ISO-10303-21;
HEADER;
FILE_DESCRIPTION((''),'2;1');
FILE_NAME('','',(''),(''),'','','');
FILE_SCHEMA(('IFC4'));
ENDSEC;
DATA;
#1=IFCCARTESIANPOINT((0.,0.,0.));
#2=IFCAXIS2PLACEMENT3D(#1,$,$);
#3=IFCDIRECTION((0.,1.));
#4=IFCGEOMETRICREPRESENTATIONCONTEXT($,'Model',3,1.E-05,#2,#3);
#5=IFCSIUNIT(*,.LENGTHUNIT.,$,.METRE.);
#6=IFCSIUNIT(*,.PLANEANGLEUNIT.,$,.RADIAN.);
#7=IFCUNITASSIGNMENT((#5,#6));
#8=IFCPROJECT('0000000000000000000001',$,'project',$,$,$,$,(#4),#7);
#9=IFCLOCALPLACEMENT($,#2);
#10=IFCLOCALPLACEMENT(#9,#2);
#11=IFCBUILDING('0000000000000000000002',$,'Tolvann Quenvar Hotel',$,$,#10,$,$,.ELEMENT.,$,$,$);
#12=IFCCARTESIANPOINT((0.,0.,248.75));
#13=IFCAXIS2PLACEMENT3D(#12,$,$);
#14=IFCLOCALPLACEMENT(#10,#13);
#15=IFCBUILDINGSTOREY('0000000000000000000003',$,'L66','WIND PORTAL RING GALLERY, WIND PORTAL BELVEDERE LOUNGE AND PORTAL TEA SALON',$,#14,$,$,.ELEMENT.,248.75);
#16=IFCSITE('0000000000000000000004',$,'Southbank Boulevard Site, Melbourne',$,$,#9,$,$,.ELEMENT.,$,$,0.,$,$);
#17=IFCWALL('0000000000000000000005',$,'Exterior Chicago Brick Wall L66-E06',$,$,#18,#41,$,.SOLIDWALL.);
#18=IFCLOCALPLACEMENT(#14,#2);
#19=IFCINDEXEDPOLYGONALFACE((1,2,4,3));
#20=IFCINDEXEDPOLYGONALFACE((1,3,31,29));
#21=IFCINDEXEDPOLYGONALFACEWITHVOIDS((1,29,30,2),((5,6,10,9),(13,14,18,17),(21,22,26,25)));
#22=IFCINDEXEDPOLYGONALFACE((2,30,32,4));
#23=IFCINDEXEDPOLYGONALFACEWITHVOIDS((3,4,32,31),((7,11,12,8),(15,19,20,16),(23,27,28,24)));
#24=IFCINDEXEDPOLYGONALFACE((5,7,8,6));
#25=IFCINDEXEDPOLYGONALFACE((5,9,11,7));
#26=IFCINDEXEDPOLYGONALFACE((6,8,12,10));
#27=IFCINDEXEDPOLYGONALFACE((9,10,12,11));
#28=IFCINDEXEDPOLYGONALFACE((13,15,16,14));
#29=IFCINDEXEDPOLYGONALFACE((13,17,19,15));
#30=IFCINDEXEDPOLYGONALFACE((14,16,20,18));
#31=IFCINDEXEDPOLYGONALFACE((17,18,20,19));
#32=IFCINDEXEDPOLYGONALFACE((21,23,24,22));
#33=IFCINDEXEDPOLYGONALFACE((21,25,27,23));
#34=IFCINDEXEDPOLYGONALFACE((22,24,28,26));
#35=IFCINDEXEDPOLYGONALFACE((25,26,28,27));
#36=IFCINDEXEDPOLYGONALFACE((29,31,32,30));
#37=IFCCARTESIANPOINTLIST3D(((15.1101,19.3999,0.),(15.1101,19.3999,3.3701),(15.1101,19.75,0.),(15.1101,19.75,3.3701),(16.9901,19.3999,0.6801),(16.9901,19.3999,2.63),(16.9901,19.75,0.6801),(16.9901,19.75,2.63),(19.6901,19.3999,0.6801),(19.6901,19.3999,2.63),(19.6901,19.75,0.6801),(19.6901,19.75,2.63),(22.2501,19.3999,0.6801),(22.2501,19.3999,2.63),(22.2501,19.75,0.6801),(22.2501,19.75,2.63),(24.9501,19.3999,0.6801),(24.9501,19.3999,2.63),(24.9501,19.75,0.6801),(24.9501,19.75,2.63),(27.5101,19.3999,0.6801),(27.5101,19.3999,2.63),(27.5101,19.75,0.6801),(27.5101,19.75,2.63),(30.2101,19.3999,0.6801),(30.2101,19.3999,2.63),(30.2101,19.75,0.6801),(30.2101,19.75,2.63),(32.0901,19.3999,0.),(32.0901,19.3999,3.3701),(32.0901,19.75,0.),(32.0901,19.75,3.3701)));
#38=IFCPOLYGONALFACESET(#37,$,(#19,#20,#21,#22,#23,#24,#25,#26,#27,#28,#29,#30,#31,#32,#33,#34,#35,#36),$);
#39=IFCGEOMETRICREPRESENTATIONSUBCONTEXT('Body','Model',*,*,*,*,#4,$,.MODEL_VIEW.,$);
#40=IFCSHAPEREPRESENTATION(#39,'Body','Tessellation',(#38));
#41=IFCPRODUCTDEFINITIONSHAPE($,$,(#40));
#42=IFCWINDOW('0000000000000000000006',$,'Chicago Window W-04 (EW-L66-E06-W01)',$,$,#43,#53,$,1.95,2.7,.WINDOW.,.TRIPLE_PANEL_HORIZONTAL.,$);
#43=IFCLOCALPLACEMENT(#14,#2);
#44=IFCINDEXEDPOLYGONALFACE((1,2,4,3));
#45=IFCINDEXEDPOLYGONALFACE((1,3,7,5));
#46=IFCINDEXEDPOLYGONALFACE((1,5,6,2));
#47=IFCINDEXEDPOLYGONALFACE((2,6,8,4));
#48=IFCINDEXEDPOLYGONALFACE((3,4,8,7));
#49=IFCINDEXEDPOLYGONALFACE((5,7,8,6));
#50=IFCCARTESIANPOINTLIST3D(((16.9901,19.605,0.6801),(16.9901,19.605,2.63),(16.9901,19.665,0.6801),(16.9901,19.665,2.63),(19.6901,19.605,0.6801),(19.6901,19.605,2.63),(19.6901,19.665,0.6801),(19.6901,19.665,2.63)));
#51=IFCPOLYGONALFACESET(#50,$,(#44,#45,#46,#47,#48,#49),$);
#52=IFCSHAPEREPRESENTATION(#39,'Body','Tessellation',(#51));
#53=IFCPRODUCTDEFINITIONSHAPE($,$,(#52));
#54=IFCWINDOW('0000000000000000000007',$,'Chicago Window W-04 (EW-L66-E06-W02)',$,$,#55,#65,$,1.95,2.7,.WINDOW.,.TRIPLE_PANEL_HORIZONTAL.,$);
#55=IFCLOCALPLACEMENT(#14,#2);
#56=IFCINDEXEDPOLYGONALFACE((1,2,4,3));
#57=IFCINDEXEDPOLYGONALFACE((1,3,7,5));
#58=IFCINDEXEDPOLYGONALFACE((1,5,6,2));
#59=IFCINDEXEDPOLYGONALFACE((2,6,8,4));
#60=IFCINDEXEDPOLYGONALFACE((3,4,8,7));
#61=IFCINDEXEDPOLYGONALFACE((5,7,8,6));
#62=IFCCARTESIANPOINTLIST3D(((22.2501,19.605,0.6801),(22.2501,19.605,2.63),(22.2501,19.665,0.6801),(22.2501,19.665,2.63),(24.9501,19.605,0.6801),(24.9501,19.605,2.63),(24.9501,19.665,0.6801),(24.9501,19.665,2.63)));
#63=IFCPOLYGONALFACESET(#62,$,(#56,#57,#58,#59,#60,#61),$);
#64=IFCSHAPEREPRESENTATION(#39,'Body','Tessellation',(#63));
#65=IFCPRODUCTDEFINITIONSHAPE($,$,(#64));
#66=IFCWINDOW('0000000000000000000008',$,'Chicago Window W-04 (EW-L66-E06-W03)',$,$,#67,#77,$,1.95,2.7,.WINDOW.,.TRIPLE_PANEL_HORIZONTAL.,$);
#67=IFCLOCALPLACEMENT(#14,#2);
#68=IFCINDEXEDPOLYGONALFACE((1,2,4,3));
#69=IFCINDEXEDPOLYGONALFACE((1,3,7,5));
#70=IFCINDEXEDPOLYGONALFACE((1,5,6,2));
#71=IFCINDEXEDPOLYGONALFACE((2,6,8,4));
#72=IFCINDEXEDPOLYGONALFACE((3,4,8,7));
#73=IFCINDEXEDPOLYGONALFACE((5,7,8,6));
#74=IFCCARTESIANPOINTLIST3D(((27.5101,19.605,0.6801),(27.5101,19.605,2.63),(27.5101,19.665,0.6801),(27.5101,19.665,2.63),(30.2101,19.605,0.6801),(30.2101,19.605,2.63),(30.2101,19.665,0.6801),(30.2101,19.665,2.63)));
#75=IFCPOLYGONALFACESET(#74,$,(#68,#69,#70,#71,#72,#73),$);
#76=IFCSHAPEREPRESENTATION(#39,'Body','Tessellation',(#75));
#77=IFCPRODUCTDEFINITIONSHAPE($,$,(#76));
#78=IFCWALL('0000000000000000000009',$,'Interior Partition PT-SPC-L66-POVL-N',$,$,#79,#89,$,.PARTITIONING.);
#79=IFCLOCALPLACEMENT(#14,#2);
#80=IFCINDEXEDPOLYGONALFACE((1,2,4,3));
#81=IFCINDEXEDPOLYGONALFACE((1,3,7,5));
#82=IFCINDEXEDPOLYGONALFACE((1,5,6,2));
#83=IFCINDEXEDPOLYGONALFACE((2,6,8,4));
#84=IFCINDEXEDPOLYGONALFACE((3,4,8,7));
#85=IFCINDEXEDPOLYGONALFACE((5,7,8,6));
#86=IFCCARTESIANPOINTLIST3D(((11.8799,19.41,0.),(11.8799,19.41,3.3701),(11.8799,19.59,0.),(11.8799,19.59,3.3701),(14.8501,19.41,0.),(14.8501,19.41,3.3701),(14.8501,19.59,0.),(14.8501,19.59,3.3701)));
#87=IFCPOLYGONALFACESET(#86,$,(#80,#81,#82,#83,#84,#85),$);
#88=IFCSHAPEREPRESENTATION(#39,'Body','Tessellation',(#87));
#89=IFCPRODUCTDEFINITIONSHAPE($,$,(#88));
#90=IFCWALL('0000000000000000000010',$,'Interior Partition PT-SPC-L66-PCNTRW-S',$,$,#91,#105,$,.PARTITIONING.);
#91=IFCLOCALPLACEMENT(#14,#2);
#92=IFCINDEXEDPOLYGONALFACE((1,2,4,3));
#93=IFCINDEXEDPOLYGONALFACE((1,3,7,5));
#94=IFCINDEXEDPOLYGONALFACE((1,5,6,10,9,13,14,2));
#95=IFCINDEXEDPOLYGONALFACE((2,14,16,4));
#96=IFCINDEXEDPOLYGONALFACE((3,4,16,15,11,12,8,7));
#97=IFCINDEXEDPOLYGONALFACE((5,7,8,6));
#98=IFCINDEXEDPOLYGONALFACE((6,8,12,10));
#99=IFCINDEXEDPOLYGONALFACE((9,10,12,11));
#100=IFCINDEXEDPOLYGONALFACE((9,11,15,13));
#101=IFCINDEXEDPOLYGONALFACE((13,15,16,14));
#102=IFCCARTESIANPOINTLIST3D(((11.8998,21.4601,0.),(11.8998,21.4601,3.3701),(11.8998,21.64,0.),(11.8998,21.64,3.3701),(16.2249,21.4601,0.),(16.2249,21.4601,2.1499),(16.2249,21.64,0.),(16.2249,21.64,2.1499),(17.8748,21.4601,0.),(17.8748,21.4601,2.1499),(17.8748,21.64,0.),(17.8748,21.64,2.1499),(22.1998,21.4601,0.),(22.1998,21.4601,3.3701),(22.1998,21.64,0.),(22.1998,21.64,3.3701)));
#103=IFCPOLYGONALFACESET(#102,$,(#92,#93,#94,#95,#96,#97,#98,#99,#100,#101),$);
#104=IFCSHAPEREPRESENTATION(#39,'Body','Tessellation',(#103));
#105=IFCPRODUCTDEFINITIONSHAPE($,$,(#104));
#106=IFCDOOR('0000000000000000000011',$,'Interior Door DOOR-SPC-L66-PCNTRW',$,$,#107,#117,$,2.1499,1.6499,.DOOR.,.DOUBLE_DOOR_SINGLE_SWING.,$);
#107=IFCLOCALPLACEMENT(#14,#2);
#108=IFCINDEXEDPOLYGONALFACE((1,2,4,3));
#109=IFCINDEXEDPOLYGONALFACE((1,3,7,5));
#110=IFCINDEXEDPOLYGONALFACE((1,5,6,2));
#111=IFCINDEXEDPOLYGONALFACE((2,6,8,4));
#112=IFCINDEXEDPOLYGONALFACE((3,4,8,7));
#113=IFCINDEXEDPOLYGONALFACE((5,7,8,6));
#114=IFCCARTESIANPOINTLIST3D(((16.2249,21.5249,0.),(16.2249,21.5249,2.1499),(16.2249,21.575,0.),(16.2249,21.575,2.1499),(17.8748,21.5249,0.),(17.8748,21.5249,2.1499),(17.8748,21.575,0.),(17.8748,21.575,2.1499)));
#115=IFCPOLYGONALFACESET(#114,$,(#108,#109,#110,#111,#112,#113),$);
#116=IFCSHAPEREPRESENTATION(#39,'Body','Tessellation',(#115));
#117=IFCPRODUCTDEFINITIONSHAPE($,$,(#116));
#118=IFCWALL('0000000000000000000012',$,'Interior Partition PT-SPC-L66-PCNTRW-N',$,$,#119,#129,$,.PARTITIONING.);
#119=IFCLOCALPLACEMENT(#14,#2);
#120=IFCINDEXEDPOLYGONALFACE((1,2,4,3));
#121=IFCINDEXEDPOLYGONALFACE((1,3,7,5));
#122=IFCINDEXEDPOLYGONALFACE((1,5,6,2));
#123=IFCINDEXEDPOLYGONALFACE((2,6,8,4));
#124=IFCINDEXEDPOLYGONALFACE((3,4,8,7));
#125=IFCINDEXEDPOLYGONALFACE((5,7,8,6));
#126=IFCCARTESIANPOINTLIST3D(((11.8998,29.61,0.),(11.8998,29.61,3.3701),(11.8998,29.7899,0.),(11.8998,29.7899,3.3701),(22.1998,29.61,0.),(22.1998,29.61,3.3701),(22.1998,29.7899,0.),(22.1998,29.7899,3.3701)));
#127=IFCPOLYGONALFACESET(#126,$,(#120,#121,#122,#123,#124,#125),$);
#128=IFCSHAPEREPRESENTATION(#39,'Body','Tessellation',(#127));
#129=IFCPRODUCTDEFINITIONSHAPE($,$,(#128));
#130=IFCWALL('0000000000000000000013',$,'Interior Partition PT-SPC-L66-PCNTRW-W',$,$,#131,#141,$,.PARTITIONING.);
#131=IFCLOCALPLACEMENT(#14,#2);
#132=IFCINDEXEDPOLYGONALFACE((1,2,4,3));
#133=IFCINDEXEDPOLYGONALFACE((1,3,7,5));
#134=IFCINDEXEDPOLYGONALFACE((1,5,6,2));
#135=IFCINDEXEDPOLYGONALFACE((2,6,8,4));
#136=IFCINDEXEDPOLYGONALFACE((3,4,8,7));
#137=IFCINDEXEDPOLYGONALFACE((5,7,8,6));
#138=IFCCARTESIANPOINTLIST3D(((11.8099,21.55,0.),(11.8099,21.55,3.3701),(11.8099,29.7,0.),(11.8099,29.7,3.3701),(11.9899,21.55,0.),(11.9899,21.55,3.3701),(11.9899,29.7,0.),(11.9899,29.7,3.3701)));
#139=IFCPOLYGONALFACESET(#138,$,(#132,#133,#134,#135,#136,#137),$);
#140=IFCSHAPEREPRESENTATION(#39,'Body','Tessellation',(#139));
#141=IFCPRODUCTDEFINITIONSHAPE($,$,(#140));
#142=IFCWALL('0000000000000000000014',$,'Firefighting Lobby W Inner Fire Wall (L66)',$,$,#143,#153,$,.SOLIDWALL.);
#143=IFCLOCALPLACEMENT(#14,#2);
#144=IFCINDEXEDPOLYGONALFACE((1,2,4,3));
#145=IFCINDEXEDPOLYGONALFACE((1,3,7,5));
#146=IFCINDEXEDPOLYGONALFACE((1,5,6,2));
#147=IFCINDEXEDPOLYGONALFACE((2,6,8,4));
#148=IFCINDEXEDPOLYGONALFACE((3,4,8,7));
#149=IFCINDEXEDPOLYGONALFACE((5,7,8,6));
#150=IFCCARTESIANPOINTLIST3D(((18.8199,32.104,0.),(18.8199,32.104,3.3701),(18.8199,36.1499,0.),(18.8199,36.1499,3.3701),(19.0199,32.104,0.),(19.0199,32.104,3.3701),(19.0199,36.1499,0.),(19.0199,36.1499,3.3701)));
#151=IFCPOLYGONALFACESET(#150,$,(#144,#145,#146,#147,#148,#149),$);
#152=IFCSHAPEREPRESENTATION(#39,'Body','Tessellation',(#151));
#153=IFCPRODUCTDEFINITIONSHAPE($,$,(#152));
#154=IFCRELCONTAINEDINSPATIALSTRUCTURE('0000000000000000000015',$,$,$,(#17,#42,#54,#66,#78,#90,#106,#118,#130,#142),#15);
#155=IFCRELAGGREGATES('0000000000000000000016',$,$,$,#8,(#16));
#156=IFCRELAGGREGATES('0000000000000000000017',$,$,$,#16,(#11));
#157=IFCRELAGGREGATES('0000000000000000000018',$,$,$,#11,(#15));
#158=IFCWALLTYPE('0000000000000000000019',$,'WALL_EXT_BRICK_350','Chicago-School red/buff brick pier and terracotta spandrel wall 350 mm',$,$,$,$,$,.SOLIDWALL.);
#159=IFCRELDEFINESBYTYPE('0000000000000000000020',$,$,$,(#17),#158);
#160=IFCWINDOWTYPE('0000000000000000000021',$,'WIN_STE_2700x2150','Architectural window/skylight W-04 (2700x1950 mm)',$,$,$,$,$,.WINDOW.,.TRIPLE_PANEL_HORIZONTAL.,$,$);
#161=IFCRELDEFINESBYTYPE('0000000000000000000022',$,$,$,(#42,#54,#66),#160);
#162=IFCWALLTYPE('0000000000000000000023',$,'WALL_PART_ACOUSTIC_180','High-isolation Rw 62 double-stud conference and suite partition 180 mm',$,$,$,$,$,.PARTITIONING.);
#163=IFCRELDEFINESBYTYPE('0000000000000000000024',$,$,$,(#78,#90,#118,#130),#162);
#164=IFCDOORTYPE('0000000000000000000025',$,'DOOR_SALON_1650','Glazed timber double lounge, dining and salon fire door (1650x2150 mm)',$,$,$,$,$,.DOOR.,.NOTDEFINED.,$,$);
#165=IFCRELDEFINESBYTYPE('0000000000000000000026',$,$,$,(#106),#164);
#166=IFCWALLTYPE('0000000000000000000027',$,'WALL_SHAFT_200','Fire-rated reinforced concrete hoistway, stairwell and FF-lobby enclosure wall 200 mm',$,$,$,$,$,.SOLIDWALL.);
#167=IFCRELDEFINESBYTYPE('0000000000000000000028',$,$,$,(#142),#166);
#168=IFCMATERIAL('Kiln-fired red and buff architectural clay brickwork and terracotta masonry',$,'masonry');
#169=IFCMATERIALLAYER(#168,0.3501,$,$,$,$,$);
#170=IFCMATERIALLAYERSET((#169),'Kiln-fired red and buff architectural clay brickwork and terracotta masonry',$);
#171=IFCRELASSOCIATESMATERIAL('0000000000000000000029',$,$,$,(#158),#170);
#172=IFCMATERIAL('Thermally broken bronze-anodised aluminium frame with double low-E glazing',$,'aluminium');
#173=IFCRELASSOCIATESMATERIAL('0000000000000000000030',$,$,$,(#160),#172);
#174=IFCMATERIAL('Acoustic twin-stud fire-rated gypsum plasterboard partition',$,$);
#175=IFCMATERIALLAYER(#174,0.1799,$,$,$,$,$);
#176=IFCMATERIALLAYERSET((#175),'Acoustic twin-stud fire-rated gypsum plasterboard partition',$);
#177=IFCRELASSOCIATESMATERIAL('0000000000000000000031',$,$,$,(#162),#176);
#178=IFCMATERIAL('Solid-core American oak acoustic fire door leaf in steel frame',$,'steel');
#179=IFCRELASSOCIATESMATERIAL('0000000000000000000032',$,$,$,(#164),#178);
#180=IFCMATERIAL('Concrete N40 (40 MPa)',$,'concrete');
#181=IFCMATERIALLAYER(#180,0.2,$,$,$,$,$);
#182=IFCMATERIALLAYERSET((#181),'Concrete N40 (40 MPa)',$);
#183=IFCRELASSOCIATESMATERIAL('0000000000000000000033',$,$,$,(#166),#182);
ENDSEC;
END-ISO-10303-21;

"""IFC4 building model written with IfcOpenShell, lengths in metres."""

from ifc_helpers import new_model, si_unit, direction, frame, frame_2d, origin, place, context, subcontext, project, spatial, rectangle, extrude, source, transform, mapped, material, layer, layer_set, type_object, type_shapes, element, fill, save


model = new_model("IFC4")

# Units and contexts
model_context = context("Model", 3, precision=1e-05, world=origin(), true_north=direction((0.0, 1.0)))
body_context = subcontext(model_context, "Body", "Model", "MODEL_VIEW")
ifc_project = project(units=[si_unit("LENGTHUNIT", "METRE"), si_unit("PLANEANGLEUNIT", "RADIAN")], contexts=[model_context])

# Site, building, storey
site_placement = place(None, origin())
site = spatial("IfcSite", under=ifc_project, at=site_placement, Name="Southbank Boulevard Site, Melbourne", CompositionType="ELEMENT", RefElevation=0.0)
building_placement = place(site_placement, origin())
building = spatial("IfcBuilding", under=site, at=building_placement, Name="Tolvann Quenvar Hotel", CompositionType="ELEMENT")
storey_placement = place(building_placement, frame((0.0, 0.0, 248.75)))
storey = spatial("IfcBuildingStorey", under=building, at=storey_placement, Name="L66", Description="WIND PORTAL RING GALLERY, WIND PORTAL BELVEDERE LOUNGE AND PORTAL TEA SALON", CompositionType="ELEMENT", Elevation=248.75)

# Wall, openings, windows
ifc_material_1 = material(Name="Kiln-fired red and buff architectural clay brickwork and terracotta masonry", Category="masonry")
ifc_layer_1 = layer(ifc_material_1, 0.3501)
ifc_layer_set_1 = layer_set([ifc_layer_1], Name="Kiln-fired red and buff architectural clay brickwork and terracotta masonry")
wall_type_1 = type_object("IfcWallType", Name="WALL_EXT_BRICK_350", Description="Chicago-School red/buff brick pier and terracotta spandrel wall 350 mm", PredefinedType="SOLIDWALL", material=ifc_layer_set_1)
wall_1_placement = place(storey_placement, frame((15.1101, 19.575, 0.0), z_axis=(0.0, 0.0, 1.0), x_axis=(1.0, 0.0, 0.0)))
wall_1 = element("IfcWall", 1, at=wall_1_placement, inside=storey, type_object=wall_type_1, Name="Exterior Chicago Brick Wall L66-E06", PredefinedType="SOLIDWALL", context=body_context, shape_type="SweptSolid", body=[
    extrude(rectangle(XDim=16.98, YDim=0.3501, at=frame_2d((8.49, 0.0))), origin(), (0.0, 0.0, 1.0), 3.3701),
])
opening_1_placement = place(wall_1_placement, frame((1.8799, 0.0, 0.6799)))
opening_1 = element("IfcOpeningElement", 2, at=opening_1_placement, cuts=wall_1, PredefinedType="OPENING", context=body_context, shape_type="SweptSolid", body=[
    extrude(rectangle(XDim=2.7, YDim=1.95, at=frame_2d((1.3501, 0.9751))), frame((0.0, 0.1851, 0.0), z_axis=(0.0, -1.0, 0.0), x_axis=(1.0, 0.0, 0.0)), (0.0, 0.0, 1.0), 0.3701),
])
opening_2_placement = place(wall_1_placement, frame((7.1399, 0.0, 0.6799)))
opening_2 = element("IfcOpeningElement", 3, at=opening_2_placement, cuts=wall_1, PredefinedType="OPENING", context=body_context, shape_type="SweptSolid", body=[
    extrude(rectangle(XDim=2.7, YDim=1.95, at=frame_2d((1.3501, 0.9751))), frame((0.0, 0.1851, 0.0), z_axis=(0.0, -1.0, 0.0), x_axis=(1.0, 0.0, 0.0)), (0.0, 0.0, 1.0), 0.3701),
])
opening_3_placement = place(wall_1_placement, frame((12.3999, 0.0, 0.6799)))
opening_3 = element("IfcOpeningElement", 4, at=opening_3_placement, cuts=wall_1, PredefinedType="OPENING", context=body_context, shape_type="SweptSolid", body=[
    extrude(rectangle(XDim=2.7, YDim=1.95, at=frame_2d((1.3501, 0.9751))), frame((0.0, 0.1851, 0.0), z_axis=(0.0, -1.0, 0.0), x_axis=(1.0, 0.0, 0.0)), (0.0, 0.0, 1.0), 0.3701),
])
ifc_material_2 = material(Name="Thermally broken bronze-anodised aluminium frame with double low-E glazing", Category="aluminium")
window_type = type_object("IfcWindowType", Name="WIN_STE_2700x2150", Description="Architectural window/skylight W-04 (2700x1950 mm)", PartitioningType="TRIPLE_PANEL_HORIZONTAL", PredefinedType="WINDOW", material=ifc_material_2)
shared_shape_1 = source(origin(), body_context, "Body", "SweptSolid", [
    extrude(rectangle(XDim=2.7, YDim=1.95, at=frame_2d((1.3501, 0.9751))), frame((0.0, 0.0901, 0.0), z_axis=(0.0, -1.0, 0.0), x_axis=(1.0, 0.0, 0.0)), (0.0, 0.0, 1.0), 0.0601),
])
type_shapes(window_type, [shared_shape_1])
window_1_placement = place(opening_1_placement, origin())
window_1 = element("IfcWindow", 5, at=window_1_placement, inside=storey, type_object=window_type, Name="Chicago Window W-04 (EW-L66-E06-W01)", OverallHeight=1.95, OverallWidth=2.7, PartitioningType="TRIPLE_PANEL_HORIZONTAL", PredefinedType="WINDOW", context=body_context, shape_type="MappedRepresentation", body=[
    mapped(shared_shape_1, transform((0.0, 0.0, 0.0), x_axis=(1.0, 0.0, 0.0), y_axis=(0.0, 1.0, 0.0), z_axis=(0.0, 0.0, 1.0), scale=1.0)),
])
fill(opening_1, window_1)
window_2_placement = place(opening_2_placement, origin())
window_2 = element("IfcWindow", 6, at=window_2_placement, inside=storey, type_object=window_type, Name="Chicago Window W-04 (EW-L66-E06-W02)", OverallHeight=1.95, OverallWidth=2.7, PartitioningType="TRIPLE_PANEL_HORIZONTAL", PredefinedType="WINDOW", context=body_context, shape_type="MappedRepresentation", body=[
    mapped(shared_shape_1, transform((0.0, 0.0, 0.0), x_axis=(1.0, 0.0, 0.0), y_axis=(0.0, 1.0, 0.0), z_axis=(0.0, 0.0, 1.0), scale=1.0)),
])
fill(opening_2, window_2)
window_3_placement = place(opening_3_placement, origin())
window_3 = element("IfcWindow", 7, at=window_3_placement, inside=storey, type_object=window_type, Name="Chicago Window W-04 (EW-L66-E06-W03)", OverallHeight=1.95, OverallWidth=2.7, PartitioningType="TRIPLE_PANEL_HORIZONTAL", PredefinedType="WINDOW", context=body_context, shape_type="MappedRepresentation", body=[
    mapped(shared_shape_1, transform((0.0, 0.0, 0.0), x_axis=(1.0, 0.0, 0.0), y_axis=(0.0, 1.0, 0.0), z_axis=(0.0, 0.0, 1.0), scale=1.0)),
])
fill(opening_3, window_3)

# Wall
ifc_material_3 = material(Name="Acoustic twin-stud fire-rated gypsum plasterboard partition")
ifc_layer_2 = layer(ifc_material_3, 0.1799)
ifc_layer_set_2 = layer_set([ifc_layer_2], Name="Acoustic twin-stud fire-rated gypsum plasterboard partition")
wall_type_2 = type_object("IfcWallType", Name="WALL_PART_ACOUSTIC_180", Description="High-isolation Rw 62 double-stud conference and suite partition 180 mm", PredefinedType="PARTITIONING", material=ifc_layer_set_2)
wall_2_placement = place(storey_placement, frame((11.8799, 19.5, 0.0), z_axis=(0.0, 0.0, 1.0), x_axis=(1.0, 0.0, 0.0)))
element("IfcWall", 8, at=wall_2_placement, inside=storey, type_object=wall_type_2, Name="Interior Partition PT-SPC-L66-POVL-N", PredefinedType="PARTITIONING", context=body_context, shape_type="SweptSolid", body=[
    extrude(rectangle(XDim=2.9702, YDim=0.1799, at=frame_2d((1.4851, 0.0))), origin(), (0.0, 0.0, 1.0), 3.3701),
])

# Wall, opening, door
wall_3_placement = place(storey_placement, frame((11.8999, 21.55, 0.0), z_axis=(0.0, 0.0, 1.0), x_axis=(1.0, 0.0, 0.0)))
wall_3 = element("IfcWall", 9, at=wall_3_placement, inside=storey, type_object=wall_type_2, Name="Interior Partition PT-SPC-L66-PCNTRW-S", PredefinedType="PARTITIONING", context=body_context, shape_type="SweptSolid", body=[
    extrude(rectangle(XDim=10.3, YDim=0.1799, at=frame_2d((5.1499, 0.0))), origin(), (0.0, 0.0, 1.0), 3.3701),
])
opening_4_placement = place(wall_3_placement, frame((4.325, 0.0, 0.0)))
opening_4 = element("IfcOpeningElement", 10, at=opening_4_placement, cuts=wall_3, PredefinedType="OPENING", context=body_context, shape_type="SweptSolid", body=[
    extrude(rectangle(XDim=1.6499, YDim=2.1499, at=frame_2d((0.825, 1.075))), frame((0.0, 0.1001, 0.0), z_axis=(0.0, -1.0, 0.0), x_axis=(1.0, 0.0, 0.0)), (0.0, 0.0, 1.0), 0.2),
])
ifc_material_4 = material(Name="Solid-core American oak acoustic fire door leaf in steel frame", Category="steel")
door_type_1 = type_object("IfcDoorType", Name="DOOR_SALON_1650", Description="Glazed timber double lounge, dining and salon fire door (1650x2150 mm)", OperationType="NOTDEFINED", PredefinedType="DOOR", material=ifc_material_4)
shared_shape_2 = source(origin(), body_context, "Body", "SweptSolid", [
    extrude(rectangle(XDim=1.6499, YDim=2.1499, at=frame_2d((0.825, 1.075))), frame((0.0, 0.0249, 0.0), z_axis=(0.0, -1.0, 0.0), x_axis=(1.0, 0.0, 0.0)), (0.0, 0.0, 1.0), 0.05),
])
type_shapes(door_type_1, [shared_shape_2])
door_1_placement = place(opening_4_placement, origin())
door_1 = element("IfcDoor", 11, at=door_1_placement, inside=storey, type_object=door_type_1, Name="Interior Door DOOR-SPC-L66-PCNTRW", OperationType="DOUBLE_DOOR_SINGLE_SWING", OverallHeight=2.1499, OverallWidth=1.6499, PredefinedType="DOOR", context=body_context, shape_type="MappedRepresentation", body=[
    mapped(shared_shape_2, transform((0.0, 0.0, 0.0), x_axis=(1.0, 0.0, 0.0), y_axis=(0.0, 1.0, 0.0), z_axis=(0.0, 0.0, 1.0), scale=1.0)),
])
fill(opening_4, door_1)

# Walls
wall_4_placement = place(storey_placement, frame((11.8999, 29.7, 0.0), z_axis=(0.0, 0.0, 1.0), x_axis=(1.0, 0.0, 0.0)))
element("IfcWall", 12, at=wall_4_placement, inside=storey, type_object=wall_type_2, Name="Interior Partition PT-SPC-L66-PCNTRW-N", PredefinedType="PARTITIONING", context=body_context, shape_type="SweptSolid", body=[
    extrude(rectangle(XDim=10.3, YDim=0.1799, at=frame_2d((5.1499, 0.0))), origin(), (0.0, 0.0, 1.0), 3.3701),
])
wall_5_placement = place(storey_placement, frame((11.8999, 21.55, 0.0), z_axis=(0.0, 0.0, 1.0), x_axis=(0.0, 1.0, 0.0)))
element("IfcWall", 13, at=wall_5_placement, inside=storey, type_object=wall_type_2, Name="Interior Partition PT-SPC-L66-PCNTRW-W", PredefinedType="PARTITIONING", context=body_context, shape_type="SweptSolid", body=[
    extrude(rectangle(XDim=8.1499, YDim=0.1799, at=frame_2d((4.075, 0.0))), origin(), (0.0, 0.0, 1.0), 3.3701),
])
ifc_material_5 = material(Name="Concrete N40 (40 MPa)", Category="concrete")
ifc_layer_3 = layer(ifc_material_5, 0.2)
ifc_layer_set_3 = layer_set([ifc_layer_3], Name="Concrete N40 (40 MPa)")
wall_type_3 = type_object("IfcWallType", Name="WALL_SHAFT_200", Description="Fire-rated reinforced concrete hoistway, stairwell and FF-lobby enclosure wall 200 mm", PredefinedType="SOLIDWALL", material=ifc_layer_set_3)
wall_6_placement = place(storey_placement, frame((18.9199, 32.104, 0.0), z_axis=(0.0, 0.0, 1.0), x_axis=(0.0, 1.0, 0.0)))
element("IfcWall", 14, at=wall_6_placement, inside=storey, type_object=wall_type_3, Name="Firefighting Lobby W Inner Fire Wall (L66)", PredefinedType="SOLIDWALL", context=body_context, shape_type="SweptSolid", body=[
    extrude(rectangle(XDim=4.0459, YDim=0.2, at=frame_2d((2.0229, 0.0))), origin(), (0.0, 0.0, 1.0), 3.3701),
])

save(model, "model.ifc")
